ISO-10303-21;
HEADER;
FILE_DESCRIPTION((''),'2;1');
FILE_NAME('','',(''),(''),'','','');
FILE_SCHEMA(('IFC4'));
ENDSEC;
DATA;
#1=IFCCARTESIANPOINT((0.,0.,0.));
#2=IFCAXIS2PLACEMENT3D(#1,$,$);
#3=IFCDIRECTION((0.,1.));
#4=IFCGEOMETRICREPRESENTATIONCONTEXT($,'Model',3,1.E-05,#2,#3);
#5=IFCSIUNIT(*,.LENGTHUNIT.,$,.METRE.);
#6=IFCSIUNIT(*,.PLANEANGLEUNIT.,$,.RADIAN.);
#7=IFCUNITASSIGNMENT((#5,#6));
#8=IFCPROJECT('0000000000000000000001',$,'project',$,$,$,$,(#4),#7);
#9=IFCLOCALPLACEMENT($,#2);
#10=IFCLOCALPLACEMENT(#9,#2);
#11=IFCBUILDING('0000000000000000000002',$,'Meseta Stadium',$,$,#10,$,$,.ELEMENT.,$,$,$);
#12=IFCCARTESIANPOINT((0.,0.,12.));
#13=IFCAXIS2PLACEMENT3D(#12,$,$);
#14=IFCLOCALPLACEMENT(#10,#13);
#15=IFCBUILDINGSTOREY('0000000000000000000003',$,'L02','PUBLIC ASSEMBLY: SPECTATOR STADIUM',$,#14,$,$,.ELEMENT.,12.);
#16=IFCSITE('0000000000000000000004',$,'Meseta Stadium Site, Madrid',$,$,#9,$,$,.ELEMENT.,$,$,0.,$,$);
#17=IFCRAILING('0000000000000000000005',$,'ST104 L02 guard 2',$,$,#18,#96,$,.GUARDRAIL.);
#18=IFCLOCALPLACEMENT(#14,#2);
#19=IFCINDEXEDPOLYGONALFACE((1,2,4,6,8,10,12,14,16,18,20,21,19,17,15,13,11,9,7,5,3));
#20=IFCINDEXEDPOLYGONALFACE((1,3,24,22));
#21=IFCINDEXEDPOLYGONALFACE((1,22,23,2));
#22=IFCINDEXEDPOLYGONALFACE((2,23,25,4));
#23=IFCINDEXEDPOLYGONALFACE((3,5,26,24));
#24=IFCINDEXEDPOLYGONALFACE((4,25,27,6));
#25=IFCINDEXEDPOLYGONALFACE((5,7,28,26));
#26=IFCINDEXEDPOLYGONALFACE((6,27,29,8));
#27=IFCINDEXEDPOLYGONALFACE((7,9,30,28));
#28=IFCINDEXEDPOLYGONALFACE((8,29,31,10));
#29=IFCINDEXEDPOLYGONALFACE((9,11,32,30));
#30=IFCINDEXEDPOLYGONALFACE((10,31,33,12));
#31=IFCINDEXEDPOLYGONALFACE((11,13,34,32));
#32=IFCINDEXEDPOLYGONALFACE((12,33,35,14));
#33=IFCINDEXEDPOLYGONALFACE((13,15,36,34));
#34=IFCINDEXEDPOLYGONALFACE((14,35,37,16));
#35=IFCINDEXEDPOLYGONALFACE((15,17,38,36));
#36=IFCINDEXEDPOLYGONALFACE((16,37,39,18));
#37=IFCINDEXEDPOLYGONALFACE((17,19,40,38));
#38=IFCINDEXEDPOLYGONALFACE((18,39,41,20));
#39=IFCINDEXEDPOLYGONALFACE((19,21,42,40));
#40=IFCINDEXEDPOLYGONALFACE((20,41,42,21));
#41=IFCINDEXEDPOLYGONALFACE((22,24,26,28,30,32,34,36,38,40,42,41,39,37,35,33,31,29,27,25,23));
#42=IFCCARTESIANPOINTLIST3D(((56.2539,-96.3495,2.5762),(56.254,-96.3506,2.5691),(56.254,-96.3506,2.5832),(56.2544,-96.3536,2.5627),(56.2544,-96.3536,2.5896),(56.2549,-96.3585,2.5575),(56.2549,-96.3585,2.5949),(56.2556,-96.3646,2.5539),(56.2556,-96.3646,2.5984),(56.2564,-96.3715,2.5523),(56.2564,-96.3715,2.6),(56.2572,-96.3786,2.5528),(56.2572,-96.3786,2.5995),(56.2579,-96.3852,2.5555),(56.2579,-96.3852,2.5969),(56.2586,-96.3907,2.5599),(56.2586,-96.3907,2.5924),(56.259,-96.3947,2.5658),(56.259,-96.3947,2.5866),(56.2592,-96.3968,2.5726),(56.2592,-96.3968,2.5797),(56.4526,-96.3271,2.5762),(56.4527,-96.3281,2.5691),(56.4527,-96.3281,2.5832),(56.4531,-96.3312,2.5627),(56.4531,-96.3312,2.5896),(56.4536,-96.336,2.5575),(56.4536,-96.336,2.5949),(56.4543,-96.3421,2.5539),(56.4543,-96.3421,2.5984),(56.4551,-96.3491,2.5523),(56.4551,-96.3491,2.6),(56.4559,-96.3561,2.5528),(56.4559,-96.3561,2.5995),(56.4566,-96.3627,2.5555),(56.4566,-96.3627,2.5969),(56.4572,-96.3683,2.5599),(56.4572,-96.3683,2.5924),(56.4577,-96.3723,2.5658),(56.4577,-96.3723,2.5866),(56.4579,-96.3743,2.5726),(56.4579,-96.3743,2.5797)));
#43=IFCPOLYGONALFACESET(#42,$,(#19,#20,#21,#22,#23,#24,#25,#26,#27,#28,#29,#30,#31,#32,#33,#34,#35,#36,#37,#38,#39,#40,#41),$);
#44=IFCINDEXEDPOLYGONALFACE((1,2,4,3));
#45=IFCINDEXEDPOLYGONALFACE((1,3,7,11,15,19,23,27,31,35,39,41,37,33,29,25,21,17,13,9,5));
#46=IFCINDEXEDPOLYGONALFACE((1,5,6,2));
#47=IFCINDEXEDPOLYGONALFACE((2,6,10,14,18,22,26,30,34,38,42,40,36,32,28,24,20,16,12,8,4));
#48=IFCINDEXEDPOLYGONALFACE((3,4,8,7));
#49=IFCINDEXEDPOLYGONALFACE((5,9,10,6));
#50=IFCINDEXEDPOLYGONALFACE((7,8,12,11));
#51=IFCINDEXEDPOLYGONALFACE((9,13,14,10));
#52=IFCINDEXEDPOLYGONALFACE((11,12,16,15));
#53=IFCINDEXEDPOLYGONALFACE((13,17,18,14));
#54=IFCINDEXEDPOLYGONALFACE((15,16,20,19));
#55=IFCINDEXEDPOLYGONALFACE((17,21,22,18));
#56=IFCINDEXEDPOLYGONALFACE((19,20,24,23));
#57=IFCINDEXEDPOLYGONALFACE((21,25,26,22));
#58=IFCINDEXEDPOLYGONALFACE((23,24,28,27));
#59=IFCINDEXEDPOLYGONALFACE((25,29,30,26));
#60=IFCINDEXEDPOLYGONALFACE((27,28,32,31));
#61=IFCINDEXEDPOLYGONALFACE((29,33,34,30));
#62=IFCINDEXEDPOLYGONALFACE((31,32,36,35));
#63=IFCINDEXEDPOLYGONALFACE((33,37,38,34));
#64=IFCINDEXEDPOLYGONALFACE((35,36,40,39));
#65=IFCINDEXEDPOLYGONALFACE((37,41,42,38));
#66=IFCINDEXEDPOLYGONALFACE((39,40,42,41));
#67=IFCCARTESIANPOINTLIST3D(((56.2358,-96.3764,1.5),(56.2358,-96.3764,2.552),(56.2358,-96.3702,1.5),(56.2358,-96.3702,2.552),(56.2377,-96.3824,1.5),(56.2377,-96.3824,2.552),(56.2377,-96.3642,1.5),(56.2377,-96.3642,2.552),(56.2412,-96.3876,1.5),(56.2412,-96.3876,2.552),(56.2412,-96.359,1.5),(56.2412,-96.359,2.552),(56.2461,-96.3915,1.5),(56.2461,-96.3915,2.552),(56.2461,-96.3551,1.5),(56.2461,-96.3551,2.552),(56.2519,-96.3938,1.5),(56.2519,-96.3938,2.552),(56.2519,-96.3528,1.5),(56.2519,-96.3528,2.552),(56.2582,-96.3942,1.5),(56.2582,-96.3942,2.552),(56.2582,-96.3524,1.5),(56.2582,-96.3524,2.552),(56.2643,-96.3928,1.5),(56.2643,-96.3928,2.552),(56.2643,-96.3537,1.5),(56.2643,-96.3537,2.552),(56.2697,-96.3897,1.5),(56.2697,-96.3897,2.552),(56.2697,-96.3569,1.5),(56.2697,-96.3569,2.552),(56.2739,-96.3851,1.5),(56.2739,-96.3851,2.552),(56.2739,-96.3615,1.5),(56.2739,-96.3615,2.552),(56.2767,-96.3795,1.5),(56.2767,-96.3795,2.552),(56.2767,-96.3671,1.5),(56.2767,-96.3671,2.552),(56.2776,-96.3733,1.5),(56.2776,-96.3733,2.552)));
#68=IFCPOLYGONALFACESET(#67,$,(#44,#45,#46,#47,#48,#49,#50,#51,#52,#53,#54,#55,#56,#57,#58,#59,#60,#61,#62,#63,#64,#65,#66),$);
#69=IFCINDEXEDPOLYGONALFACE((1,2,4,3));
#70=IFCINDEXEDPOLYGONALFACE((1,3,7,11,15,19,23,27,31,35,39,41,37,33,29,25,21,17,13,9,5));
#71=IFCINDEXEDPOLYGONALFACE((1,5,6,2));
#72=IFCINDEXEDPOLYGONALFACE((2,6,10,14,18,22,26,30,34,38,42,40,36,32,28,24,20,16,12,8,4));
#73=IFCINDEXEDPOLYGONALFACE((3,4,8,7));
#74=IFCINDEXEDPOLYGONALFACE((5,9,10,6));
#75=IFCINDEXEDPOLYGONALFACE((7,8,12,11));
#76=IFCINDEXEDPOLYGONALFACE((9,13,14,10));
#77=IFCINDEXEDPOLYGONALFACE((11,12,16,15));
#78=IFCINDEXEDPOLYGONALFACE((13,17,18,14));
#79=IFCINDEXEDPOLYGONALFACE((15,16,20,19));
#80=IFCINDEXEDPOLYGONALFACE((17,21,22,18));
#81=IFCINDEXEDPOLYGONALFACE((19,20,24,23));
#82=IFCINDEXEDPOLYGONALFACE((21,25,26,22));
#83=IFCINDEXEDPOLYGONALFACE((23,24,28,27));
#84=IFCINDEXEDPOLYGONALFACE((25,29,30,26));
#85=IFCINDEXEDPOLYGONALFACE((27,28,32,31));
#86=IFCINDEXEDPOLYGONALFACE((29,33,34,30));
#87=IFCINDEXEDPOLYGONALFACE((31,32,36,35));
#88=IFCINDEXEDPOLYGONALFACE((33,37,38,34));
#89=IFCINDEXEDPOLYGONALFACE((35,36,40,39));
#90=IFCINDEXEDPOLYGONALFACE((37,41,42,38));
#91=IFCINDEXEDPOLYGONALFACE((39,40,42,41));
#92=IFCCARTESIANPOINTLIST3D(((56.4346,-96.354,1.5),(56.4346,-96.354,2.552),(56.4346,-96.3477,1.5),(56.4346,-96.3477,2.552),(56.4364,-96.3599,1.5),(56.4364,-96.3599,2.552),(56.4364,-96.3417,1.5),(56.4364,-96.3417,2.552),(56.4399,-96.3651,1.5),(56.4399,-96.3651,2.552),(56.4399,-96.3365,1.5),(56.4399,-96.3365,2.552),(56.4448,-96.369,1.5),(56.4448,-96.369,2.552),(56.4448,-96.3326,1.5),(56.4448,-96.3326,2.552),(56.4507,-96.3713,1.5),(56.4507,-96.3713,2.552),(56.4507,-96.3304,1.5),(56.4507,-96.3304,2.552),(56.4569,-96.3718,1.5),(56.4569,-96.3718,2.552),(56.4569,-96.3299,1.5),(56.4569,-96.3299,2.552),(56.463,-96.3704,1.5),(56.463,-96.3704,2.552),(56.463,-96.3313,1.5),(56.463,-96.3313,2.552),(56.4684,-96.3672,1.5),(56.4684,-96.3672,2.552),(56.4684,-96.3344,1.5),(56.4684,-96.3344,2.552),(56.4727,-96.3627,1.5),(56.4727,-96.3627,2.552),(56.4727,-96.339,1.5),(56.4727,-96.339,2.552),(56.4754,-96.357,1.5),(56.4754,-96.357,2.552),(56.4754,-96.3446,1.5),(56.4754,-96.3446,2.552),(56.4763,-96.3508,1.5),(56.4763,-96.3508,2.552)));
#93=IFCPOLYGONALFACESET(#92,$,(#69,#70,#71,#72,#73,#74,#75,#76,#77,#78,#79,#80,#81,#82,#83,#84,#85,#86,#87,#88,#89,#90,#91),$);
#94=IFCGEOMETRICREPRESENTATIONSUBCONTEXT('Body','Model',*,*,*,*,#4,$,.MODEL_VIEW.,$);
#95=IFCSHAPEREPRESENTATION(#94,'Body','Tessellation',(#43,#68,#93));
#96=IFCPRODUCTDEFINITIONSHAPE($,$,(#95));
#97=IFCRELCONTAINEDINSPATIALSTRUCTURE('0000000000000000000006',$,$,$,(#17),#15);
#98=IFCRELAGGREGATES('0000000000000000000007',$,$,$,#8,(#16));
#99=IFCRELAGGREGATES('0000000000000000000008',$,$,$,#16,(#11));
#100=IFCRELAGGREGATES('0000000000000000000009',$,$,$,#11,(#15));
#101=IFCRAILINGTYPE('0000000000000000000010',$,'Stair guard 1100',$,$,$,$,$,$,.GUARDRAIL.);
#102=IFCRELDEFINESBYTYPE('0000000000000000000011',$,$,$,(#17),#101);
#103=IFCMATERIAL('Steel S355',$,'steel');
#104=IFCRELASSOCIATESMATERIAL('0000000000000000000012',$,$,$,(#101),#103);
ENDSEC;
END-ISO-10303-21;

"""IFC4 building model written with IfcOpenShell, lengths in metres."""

from ifc_helpers import new_model, si_unit, direction, frame, origin, origin_2d, place, context, subcontext, project, spatial, circle, extrude, material, type_object, element, save


model = new_model("IFC4")

# Units and contexts
model_context = context("Model", 3, precision=1e-05, world=origin(), true_north=direction((0.0, 1.0)))
body_context = subcontext(model_context, "Body", "Model", "MODEL_VIEW")
ifc_project = project(units=[si_unit("LENGTHUNIT", "METRE"), si_unit("PLANEANGLEUNIT", "RADIAN")], contexts=[model_context])

# Site, building, storey
site_placement = place(None, origin())
site = spatial("IfcSite", under=ifc_project, at=site_placement, Name="Meseta Stadium Site, Madrid", CompositionType="ELEMENT", RefElevation=0.0)
building_placement = place(site_placement, origin())
building = spatial("IfcBuilding", under=site, at=building_placement, Name="Meseta Stadium", CompositionType="ELEMENT")
storey_placement = place(building_placement, frame((0.0, 0.0, 12.0)))
storey = spatial("IfcBuildingStorey", under=building, at=storey_placement, Name="L02", Description="PUBLIC ASSEMBLY: SPECTATOR STADIUM", CompositionType="ELEMENT", Elevation=12.0)

# Railing
ifc_material_1 = material(Name="Steel S355", Category="steel")
railing_type_1 = type_object("IfcRailingType", Name="Stair guard 1100", PredefinedType="GUARDRAIL", material=ifc_material_1)
railing_1_placement = place(storey_placement, frame((56.2566, -96.3733, 1.5)))
element("IfcRailing", 1, at=railing_1_placement, inside=storey, type_object=railing_type_1, Name="ST104 L02 guard 2", PredefinedType="GUARDRAIL", context=body_context, shape_type="SweptSolid", body=[
    extrude(circle(Radius=0.0239, at=origin_2d()), frame((0.0, 0.0, 1.0762), z_axis=(0.993674, 0.112307, 0.0), x_axis=(-0.112307, 0.993674, 0.0)), (0.0, 0.0, 1.0), 0.2),
    extrude(circle(Radius=0.021, at=origin_2d()), origin(), (0.0, 0.0, 1.0), 1.052),
    extrude(circle(Radius=0.021, at=origin_2d()), frame((0.1987, 0.0225, 0.0)), (0.0, 0.0, 1.0), 1.052),
])

save(model, "model.ifc")
